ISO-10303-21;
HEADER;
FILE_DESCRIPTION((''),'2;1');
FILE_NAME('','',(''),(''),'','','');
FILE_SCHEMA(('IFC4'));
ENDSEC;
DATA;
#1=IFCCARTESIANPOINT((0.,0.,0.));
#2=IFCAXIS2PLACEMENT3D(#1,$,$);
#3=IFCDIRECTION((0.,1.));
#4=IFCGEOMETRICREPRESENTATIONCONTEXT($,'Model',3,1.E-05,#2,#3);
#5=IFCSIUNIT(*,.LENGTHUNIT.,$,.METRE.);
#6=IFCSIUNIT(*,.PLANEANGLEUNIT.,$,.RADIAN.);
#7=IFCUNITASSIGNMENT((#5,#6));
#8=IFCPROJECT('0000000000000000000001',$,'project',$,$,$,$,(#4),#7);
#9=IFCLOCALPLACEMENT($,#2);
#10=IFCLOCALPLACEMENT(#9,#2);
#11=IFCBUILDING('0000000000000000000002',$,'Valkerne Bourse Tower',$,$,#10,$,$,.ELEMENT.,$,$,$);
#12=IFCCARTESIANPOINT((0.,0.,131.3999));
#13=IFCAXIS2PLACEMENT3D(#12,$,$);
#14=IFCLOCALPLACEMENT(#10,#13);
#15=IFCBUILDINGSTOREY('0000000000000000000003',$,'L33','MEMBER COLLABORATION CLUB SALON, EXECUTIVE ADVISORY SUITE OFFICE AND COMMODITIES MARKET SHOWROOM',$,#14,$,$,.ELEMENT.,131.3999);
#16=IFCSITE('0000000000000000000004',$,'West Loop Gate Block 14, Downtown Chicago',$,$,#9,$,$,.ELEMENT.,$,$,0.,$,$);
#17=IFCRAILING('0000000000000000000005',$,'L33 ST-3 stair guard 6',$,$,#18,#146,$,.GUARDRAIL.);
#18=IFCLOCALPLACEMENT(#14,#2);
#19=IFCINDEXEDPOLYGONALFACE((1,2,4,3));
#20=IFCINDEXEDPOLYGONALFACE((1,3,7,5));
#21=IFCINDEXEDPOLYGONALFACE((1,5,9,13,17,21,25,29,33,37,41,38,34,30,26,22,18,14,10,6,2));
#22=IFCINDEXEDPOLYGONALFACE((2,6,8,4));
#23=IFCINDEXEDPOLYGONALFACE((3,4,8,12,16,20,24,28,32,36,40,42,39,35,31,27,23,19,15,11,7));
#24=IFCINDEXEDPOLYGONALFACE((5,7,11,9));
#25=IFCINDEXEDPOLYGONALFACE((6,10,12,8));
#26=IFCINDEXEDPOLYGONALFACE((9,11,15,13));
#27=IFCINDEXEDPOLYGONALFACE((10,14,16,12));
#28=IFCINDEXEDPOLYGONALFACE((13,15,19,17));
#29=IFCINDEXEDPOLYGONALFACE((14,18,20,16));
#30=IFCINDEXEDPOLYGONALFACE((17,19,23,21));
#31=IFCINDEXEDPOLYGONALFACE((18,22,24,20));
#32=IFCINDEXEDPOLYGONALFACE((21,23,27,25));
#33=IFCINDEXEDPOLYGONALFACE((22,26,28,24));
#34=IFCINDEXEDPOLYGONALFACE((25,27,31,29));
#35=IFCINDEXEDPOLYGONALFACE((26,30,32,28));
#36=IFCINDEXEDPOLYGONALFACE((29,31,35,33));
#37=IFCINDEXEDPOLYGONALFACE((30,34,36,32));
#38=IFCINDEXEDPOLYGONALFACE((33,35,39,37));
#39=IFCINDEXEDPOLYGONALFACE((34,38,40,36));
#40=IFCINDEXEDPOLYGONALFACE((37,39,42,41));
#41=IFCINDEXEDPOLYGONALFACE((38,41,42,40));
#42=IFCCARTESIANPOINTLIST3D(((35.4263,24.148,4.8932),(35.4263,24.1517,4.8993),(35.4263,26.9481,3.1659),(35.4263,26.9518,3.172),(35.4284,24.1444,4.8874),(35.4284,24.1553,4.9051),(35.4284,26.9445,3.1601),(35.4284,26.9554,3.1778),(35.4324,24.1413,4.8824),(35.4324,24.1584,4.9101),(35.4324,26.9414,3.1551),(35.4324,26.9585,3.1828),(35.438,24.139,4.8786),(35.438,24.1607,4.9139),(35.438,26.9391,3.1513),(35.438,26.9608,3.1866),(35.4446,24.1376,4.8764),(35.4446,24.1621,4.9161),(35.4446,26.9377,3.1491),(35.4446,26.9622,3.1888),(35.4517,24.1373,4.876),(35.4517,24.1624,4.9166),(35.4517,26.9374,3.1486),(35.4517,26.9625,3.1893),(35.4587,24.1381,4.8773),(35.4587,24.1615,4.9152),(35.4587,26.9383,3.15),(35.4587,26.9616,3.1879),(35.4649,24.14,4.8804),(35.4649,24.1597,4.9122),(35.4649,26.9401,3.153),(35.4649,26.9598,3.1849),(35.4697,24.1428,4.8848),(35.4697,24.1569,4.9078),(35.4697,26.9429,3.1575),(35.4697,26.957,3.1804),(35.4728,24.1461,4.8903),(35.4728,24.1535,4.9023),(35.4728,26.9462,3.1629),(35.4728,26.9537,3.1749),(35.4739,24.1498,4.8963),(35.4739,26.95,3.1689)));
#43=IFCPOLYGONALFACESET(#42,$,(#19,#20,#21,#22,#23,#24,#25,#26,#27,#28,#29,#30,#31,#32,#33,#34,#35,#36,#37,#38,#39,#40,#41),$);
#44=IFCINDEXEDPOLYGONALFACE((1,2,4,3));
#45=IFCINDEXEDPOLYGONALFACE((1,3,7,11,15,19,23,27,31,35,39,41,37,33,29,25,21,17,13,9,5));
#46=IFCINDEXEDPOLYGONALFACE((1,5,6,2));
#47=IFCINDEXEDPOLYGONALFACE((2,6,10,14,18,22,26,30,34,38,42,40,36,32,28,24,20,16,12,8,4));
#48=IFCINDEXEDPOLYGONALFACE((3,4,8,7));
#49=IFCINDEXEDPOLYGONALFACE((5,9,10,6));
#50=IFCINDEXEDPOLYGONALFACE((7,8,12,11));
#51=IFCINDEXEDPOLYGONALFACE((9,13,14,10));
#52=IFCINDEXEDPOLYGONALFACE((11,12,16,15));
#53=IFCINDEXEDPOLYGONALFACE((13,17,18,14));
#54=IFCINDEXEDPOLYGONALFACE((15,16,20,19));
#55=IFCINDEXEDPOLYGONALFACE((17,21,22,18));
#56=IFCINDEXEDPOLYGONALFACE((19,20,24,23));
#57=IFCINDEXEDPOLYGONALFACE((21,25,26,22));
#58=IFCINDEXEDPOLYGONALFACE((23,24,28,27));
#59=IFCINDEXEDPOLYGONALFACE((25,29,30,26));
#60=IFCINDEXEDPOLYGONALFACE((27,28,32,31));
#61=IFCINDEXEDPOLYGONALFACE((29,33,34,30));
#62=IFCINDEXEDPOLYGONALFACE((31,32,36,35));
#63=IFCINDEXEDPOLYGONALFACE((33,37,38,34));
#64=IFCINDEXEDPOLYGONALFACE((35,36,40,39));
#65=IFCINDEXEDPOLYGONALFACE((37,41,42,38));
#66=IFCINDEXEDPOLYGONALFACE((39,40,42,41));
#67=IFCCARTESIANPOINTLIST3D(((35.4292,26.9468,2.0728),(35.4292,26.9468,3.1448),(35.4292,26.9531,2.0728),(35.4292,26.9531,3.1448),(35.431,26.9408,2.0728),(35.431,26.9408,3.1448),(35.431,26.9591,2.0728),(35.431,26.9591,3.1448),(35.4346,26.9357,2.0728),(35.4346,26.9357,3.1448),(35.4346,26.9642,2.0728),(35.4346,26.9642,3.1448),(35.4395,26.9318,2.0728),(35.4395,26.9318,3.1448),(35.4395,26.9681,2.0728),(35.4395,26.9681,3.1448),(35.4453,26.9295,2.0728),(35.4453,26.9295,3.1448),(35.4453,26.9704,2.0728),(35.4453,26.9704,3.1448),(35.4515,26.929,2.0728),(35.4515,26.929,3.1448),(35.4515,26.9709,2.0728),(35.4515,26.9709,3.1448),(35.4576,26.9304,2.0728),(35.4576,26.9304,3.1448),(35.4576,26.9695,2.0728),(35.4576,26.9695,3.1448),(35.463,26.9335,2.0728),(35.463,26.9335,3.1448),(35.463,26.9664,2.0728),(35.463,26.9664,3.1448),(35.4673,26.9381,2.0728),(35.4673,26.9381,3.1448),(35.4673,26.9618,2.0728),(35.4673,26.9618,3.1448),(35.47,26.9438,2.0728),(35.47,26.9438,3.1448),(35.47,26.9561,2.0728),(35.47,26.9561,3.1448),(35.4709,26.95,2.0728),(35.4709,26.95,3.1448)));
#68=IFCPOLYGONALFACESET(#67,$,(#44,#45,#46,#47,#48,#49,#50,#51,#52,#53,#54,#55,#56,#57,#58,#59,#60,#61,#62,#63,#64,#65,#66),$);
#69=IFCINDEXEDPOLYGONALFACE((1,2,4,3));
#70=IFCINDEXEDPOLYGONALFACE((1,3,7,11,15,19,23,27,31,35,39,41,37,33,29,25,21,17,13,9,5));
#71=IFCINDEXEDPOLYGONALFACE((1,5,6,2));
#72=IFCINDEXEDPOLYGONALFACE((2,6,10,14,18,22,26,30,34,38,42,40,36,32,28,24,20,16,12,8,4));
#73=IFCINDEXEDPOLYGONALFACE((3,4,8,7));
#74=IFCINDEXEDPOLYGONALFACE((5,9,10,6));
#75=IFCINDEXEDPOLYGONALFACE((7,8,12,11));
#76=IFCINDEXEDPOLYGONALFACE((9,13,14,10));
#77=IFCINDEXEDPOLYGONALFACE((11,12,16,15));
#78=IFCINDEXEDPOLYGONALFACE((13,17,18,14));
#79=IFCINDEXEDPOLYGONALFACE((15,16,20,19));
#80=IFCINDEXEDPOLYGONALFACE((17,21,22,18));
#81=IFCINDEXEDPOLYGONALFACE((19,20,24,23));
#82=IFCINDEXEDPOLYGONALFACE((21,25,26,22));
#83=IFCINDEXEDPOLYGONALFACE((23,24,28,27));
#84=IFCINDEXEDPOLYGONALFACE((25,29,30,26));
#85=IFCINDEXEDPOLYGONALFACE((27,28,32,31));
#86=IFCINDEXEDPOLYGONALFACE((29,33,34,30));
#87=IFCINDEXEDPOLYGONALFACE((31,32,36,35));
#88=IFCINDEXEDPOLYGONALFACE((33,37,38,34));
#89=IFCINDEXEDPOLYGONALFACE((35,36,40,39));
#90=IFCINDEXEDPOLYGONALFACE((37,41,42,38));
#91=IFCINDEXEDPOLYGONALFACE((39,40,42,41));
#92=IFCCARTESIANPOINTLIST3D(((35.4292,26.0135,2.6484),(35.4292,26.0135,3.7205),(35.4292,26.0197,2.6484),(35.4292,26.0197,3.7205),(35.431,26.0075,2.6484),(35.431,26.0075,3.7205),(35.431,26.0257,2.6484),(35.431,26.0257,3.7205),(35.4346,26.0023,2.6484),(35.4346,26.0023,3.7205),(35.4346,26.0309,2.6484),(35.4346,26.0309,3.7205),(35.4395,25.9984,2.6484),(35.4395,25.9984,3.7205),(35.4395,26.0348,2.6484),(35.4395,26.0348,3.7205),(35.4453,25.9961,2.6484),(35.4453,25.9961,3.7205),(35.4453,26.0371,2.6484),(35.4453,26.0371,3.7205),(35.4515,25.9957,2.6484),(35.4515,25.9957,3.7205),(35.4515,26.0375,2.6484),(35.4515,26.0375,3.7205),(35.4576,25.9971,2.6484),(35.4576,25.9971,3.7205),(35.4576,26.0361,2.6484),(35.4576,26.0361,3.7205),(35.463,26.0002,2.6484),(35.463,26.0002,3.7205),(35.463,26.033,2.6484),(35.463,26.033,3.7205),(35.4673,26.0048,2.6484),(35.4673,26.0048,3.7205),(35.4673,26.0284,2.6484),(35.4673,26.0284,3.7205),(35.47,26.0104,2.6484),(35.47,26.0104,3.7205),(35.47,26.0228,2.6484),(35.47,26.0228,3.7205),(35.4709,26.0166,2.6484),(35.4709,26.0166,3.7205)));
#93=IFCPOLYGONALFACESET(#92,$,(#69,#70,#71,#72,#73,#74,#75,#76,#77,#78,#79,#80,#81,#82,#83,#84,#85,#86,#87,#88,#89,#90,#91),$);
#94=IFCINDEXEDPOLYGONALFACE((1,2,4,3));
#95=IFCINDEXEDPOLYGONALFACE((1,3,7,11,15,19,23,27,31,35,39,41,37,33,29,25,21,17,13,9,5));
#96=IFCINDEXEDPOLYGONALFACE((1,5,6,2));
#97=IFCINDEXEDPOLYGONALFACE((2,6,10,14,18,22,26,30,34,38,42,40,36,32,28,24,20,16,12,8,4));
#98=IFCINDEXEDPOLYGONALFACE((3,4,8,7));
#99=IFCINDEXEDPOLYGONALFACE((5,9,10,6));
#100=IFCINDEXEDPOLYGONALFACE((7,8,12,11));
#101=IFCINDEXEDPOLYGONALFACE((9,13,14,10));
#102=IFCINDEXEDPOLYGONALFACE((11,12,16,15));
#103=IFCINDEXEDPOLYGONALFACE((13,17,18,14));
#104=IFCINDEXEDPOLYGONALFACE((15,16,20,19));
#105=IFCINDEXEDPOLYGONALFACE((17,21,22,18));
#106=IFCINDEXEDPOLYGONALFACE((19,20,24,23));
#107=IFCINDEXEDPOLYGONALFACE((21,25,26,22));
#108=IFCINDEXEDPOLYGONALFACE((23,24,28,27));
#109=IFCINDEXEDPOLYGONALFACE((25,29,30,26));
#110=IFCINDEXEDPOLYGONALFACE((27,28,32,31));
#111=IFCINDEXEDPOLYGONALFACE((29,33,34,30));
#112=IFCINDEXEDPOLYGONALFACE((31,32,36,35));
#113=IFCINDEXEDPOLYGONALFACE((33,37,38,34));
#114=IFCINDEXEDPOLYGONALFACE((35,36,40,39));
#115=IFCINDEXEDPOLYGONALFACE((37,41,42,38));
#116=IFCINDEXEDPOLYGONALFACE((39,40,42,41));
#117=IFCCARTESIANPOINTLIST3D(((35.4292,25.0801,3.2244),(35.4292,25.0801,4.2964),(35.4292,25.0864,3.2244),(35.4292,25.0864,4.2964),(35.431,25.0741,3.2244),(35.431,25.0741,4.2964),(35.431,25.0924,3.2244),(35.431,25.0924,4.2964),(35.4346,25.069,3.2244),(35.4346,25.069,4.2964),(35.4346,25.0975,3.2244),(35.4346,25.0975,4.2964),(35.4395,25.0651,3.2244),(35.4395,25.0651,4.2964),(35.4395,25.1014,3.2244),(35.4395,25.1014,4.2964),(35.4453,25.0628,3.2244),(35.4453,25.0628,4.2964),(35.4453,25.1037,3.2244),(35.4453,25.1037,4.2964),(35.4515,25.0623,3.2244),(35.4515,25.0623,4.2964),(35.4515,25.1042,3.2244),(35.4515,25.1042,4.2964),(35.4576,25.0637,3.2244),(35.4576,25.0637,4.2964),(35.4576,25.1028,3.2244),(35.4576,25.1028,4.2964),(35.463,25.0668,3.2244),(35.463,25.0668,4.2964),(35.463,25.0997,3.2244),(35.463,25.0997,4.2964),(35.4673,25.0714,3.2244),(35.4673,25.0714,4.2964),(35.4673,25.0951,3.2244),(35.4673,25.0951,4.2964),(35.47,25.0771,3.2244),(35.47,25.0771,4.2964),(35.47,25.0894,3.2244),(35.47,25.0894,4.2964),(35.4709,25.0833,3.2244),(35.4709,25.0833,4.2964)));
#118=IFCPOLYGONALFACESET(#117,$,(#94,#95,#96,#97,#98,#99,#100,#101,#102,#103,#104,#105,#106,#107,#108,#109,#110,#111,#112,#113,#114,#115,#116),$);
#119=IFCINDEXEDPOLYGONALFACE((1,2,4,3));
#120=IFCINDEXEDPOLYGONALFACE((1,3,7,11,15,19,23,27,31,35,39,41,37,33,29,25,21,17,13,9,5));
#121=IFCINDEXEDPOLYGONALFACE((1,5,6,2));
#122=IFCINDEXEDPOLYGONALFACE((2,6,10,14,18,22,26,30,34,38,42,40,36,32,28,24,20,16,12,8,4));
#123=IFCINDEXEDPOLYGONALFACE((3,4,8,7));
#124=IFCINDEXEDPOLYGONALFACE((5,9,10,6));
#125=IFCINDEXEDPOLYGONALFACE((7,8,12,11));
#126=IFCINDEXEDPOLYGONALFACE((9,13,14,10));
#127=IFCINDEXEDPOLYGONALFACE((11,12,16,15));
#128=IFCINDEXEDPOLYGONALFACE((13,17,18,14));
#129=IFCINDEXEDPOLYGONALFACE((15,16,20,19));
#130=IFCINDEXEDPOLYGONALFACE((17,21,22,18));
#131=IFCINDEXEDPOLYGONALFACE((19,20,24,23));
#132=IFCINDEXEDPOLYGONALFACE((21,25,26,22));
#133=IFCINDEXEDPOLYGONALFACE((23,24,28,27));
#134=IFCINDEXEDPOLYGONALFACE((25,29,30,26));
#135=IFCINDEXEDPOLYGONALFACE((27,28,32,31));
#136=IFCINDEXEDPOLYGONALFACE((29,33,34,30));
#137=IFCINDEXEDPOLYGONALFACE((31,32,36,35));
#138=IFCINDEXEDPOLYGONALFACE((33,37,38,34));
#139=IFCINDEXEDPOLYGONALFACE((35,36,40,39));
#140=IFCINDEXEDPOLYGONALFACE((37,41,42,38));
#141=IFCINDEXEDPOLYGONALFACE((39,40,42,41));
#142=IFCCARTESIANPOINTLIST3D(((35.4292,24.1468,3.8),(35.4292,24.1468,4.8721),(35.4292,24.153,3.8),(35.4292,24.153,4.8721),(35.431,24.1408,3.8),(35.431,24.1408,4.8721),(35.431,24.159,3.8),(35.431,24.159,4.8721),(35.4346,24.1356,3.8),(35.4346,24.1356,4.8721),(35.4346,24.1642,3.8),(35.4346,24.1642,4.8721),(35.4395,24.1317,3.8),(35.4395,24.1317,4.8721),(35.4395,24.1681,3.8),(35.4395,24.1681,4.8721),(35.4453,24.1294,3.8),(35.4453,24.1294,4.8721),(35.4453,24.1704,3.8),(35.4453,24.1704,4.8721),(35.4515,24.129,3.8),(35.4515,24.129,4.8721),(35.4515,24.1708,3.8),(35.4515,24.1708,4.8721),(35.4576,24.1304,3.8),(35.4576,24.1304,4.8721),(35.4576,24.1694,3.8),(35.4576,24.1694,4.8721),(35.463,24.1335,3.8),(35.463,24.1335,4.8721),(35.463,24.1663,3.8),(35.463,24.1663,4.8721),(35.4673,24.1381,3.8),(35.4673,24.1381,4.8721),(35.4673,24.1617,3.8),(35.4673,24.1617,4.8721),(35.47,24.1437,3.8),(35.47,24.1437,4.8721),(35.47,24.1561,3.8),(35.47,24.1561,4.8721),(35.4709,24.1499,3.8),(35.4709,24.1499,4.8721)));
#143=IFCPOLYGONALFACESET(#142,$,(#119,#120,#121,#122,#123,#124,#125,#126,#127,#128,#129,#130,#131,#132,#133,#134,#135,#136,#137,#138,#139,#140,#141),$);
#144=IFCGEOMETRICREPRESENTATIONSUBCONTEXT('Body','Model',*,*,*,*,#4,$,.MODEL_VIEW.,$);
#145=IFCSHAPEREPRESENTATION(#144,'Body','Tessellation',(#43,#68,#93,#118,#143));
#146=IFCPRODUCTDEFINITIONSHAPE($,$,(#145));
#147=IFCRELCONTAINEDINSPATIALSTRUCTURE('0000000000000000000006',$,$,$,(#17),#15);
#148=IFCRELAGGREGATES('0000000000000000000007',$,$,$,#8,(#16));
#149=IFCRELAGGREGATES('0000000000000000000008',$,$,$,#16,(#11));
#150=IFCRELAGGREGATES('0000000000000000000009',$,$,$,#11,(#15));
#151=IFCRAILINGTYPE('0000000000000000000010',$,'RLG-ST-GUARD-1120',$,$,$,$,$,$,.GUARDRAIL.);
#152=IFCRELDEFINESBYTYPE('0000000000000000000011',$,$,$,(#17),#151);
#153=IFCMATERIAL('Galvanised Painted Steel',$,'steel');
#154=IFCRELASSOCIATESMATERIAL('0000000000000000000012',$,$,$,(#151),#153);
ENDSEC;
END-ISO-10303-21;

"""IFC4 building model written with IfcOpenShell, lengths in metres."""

from ifc_helpers import new_model, si_unit, direction, frame, origin, origin_2d, place, context, subcontext, project, spatial, circle, extrude, material, type_object, element, save


model = new_model("IFC4")

# Units and contexts
model_context = context("Model", 3, precision=1e-05, world=origin(), true_north=direction((0.0, 1.0)))
body_context = subcontext(model_context, "Body", "Model", "MODEL_VIEW")
ifc_project = project(units=[si_unit("LENGTHUNIT", "METRE"), si_unit("PLANEANGLEUNIT", "RADIAN")], contexts=[model_context])

# Site, building, storey
site_placement = place(None, origin())
site = spatial("IfcSite", under=ifc_project, at=site_placement, Name="West Loop Gate Block 14, Downtown Chicago", CompositionType="ELEMENT", RefElevation=0.0)
building_placement = place(site_placement, origin())
building = spatial("IfcBuilding", under=site, at=building_placement, Name="Valkerne Bourse Tower", CompositionType="ELEMENT")
storey_placement = place(building_placement, frame((0.0, 0.0, 131.3999)))
storey = spatial("IfcBuildingStorey", under=building, at=storey_placement, Name="L33", Description="MEMBER COLLABORATION CLUB SALON, EXECUTIVE ADVISORY SUITE OFFICE AND COMMODITIES MARKET SHOWROOM", CompositionType="ELEMENT", Elevation=131.3999)

# Shared definitions
ifc_material_1 = material(Name="Galvanised Painted Steel", Category="steel")

# Railing
railing_type_1 = type_object("IfcRailingType", Name="RLG-ST-GUARD-1120", PredefinedType="GUARDRAIL", material=ifc_material_1)
railing_1_placement = place(storey_placement, frame((35.45, 26.95, 2.0728)))
element("IfcRailing", 1, at=railing_1_placement, inside=storey, type_object=railing_type_1, Name="L33 ST-3 stair guard 6", PredefinedType="GUARDRAIL", context=body_context, shape_type="SweptSolid", body=[
    extrude(circle(Radius=0.0239, at=origin_2d()), frame((0.0, 0.0, 1.0962), z_axis=(0.0, -0.85109, 0.52502), x_axis=(1.0, 0.0, 0.0)), (0.0, 0.0, 1.0), 3.29),
    extrude(circle(Radius=0.021, at=origin_2d()), origin(), (0.0, 0.0, 1.0), 1.072),
    extrude(circle(Radius=0.021, at=origin_2d()), frame((0.0, -0.9333, 0.5757)), (0.0, 0.0, 1.0), 1.072),
    extrude(circle(Radius=0.021, at=origin_2d()), frame((0.0, -1.8667, 1.1516)), (0.0, 0.0, 1.0), 1.072),
    extrude(circle(Radius=0.021, at=origin_2d()), frame((0.0, -2.8, 1.7273)), (0.0, 0.0, 1.0), 1.072),
])

save(model, "model.ifc")
